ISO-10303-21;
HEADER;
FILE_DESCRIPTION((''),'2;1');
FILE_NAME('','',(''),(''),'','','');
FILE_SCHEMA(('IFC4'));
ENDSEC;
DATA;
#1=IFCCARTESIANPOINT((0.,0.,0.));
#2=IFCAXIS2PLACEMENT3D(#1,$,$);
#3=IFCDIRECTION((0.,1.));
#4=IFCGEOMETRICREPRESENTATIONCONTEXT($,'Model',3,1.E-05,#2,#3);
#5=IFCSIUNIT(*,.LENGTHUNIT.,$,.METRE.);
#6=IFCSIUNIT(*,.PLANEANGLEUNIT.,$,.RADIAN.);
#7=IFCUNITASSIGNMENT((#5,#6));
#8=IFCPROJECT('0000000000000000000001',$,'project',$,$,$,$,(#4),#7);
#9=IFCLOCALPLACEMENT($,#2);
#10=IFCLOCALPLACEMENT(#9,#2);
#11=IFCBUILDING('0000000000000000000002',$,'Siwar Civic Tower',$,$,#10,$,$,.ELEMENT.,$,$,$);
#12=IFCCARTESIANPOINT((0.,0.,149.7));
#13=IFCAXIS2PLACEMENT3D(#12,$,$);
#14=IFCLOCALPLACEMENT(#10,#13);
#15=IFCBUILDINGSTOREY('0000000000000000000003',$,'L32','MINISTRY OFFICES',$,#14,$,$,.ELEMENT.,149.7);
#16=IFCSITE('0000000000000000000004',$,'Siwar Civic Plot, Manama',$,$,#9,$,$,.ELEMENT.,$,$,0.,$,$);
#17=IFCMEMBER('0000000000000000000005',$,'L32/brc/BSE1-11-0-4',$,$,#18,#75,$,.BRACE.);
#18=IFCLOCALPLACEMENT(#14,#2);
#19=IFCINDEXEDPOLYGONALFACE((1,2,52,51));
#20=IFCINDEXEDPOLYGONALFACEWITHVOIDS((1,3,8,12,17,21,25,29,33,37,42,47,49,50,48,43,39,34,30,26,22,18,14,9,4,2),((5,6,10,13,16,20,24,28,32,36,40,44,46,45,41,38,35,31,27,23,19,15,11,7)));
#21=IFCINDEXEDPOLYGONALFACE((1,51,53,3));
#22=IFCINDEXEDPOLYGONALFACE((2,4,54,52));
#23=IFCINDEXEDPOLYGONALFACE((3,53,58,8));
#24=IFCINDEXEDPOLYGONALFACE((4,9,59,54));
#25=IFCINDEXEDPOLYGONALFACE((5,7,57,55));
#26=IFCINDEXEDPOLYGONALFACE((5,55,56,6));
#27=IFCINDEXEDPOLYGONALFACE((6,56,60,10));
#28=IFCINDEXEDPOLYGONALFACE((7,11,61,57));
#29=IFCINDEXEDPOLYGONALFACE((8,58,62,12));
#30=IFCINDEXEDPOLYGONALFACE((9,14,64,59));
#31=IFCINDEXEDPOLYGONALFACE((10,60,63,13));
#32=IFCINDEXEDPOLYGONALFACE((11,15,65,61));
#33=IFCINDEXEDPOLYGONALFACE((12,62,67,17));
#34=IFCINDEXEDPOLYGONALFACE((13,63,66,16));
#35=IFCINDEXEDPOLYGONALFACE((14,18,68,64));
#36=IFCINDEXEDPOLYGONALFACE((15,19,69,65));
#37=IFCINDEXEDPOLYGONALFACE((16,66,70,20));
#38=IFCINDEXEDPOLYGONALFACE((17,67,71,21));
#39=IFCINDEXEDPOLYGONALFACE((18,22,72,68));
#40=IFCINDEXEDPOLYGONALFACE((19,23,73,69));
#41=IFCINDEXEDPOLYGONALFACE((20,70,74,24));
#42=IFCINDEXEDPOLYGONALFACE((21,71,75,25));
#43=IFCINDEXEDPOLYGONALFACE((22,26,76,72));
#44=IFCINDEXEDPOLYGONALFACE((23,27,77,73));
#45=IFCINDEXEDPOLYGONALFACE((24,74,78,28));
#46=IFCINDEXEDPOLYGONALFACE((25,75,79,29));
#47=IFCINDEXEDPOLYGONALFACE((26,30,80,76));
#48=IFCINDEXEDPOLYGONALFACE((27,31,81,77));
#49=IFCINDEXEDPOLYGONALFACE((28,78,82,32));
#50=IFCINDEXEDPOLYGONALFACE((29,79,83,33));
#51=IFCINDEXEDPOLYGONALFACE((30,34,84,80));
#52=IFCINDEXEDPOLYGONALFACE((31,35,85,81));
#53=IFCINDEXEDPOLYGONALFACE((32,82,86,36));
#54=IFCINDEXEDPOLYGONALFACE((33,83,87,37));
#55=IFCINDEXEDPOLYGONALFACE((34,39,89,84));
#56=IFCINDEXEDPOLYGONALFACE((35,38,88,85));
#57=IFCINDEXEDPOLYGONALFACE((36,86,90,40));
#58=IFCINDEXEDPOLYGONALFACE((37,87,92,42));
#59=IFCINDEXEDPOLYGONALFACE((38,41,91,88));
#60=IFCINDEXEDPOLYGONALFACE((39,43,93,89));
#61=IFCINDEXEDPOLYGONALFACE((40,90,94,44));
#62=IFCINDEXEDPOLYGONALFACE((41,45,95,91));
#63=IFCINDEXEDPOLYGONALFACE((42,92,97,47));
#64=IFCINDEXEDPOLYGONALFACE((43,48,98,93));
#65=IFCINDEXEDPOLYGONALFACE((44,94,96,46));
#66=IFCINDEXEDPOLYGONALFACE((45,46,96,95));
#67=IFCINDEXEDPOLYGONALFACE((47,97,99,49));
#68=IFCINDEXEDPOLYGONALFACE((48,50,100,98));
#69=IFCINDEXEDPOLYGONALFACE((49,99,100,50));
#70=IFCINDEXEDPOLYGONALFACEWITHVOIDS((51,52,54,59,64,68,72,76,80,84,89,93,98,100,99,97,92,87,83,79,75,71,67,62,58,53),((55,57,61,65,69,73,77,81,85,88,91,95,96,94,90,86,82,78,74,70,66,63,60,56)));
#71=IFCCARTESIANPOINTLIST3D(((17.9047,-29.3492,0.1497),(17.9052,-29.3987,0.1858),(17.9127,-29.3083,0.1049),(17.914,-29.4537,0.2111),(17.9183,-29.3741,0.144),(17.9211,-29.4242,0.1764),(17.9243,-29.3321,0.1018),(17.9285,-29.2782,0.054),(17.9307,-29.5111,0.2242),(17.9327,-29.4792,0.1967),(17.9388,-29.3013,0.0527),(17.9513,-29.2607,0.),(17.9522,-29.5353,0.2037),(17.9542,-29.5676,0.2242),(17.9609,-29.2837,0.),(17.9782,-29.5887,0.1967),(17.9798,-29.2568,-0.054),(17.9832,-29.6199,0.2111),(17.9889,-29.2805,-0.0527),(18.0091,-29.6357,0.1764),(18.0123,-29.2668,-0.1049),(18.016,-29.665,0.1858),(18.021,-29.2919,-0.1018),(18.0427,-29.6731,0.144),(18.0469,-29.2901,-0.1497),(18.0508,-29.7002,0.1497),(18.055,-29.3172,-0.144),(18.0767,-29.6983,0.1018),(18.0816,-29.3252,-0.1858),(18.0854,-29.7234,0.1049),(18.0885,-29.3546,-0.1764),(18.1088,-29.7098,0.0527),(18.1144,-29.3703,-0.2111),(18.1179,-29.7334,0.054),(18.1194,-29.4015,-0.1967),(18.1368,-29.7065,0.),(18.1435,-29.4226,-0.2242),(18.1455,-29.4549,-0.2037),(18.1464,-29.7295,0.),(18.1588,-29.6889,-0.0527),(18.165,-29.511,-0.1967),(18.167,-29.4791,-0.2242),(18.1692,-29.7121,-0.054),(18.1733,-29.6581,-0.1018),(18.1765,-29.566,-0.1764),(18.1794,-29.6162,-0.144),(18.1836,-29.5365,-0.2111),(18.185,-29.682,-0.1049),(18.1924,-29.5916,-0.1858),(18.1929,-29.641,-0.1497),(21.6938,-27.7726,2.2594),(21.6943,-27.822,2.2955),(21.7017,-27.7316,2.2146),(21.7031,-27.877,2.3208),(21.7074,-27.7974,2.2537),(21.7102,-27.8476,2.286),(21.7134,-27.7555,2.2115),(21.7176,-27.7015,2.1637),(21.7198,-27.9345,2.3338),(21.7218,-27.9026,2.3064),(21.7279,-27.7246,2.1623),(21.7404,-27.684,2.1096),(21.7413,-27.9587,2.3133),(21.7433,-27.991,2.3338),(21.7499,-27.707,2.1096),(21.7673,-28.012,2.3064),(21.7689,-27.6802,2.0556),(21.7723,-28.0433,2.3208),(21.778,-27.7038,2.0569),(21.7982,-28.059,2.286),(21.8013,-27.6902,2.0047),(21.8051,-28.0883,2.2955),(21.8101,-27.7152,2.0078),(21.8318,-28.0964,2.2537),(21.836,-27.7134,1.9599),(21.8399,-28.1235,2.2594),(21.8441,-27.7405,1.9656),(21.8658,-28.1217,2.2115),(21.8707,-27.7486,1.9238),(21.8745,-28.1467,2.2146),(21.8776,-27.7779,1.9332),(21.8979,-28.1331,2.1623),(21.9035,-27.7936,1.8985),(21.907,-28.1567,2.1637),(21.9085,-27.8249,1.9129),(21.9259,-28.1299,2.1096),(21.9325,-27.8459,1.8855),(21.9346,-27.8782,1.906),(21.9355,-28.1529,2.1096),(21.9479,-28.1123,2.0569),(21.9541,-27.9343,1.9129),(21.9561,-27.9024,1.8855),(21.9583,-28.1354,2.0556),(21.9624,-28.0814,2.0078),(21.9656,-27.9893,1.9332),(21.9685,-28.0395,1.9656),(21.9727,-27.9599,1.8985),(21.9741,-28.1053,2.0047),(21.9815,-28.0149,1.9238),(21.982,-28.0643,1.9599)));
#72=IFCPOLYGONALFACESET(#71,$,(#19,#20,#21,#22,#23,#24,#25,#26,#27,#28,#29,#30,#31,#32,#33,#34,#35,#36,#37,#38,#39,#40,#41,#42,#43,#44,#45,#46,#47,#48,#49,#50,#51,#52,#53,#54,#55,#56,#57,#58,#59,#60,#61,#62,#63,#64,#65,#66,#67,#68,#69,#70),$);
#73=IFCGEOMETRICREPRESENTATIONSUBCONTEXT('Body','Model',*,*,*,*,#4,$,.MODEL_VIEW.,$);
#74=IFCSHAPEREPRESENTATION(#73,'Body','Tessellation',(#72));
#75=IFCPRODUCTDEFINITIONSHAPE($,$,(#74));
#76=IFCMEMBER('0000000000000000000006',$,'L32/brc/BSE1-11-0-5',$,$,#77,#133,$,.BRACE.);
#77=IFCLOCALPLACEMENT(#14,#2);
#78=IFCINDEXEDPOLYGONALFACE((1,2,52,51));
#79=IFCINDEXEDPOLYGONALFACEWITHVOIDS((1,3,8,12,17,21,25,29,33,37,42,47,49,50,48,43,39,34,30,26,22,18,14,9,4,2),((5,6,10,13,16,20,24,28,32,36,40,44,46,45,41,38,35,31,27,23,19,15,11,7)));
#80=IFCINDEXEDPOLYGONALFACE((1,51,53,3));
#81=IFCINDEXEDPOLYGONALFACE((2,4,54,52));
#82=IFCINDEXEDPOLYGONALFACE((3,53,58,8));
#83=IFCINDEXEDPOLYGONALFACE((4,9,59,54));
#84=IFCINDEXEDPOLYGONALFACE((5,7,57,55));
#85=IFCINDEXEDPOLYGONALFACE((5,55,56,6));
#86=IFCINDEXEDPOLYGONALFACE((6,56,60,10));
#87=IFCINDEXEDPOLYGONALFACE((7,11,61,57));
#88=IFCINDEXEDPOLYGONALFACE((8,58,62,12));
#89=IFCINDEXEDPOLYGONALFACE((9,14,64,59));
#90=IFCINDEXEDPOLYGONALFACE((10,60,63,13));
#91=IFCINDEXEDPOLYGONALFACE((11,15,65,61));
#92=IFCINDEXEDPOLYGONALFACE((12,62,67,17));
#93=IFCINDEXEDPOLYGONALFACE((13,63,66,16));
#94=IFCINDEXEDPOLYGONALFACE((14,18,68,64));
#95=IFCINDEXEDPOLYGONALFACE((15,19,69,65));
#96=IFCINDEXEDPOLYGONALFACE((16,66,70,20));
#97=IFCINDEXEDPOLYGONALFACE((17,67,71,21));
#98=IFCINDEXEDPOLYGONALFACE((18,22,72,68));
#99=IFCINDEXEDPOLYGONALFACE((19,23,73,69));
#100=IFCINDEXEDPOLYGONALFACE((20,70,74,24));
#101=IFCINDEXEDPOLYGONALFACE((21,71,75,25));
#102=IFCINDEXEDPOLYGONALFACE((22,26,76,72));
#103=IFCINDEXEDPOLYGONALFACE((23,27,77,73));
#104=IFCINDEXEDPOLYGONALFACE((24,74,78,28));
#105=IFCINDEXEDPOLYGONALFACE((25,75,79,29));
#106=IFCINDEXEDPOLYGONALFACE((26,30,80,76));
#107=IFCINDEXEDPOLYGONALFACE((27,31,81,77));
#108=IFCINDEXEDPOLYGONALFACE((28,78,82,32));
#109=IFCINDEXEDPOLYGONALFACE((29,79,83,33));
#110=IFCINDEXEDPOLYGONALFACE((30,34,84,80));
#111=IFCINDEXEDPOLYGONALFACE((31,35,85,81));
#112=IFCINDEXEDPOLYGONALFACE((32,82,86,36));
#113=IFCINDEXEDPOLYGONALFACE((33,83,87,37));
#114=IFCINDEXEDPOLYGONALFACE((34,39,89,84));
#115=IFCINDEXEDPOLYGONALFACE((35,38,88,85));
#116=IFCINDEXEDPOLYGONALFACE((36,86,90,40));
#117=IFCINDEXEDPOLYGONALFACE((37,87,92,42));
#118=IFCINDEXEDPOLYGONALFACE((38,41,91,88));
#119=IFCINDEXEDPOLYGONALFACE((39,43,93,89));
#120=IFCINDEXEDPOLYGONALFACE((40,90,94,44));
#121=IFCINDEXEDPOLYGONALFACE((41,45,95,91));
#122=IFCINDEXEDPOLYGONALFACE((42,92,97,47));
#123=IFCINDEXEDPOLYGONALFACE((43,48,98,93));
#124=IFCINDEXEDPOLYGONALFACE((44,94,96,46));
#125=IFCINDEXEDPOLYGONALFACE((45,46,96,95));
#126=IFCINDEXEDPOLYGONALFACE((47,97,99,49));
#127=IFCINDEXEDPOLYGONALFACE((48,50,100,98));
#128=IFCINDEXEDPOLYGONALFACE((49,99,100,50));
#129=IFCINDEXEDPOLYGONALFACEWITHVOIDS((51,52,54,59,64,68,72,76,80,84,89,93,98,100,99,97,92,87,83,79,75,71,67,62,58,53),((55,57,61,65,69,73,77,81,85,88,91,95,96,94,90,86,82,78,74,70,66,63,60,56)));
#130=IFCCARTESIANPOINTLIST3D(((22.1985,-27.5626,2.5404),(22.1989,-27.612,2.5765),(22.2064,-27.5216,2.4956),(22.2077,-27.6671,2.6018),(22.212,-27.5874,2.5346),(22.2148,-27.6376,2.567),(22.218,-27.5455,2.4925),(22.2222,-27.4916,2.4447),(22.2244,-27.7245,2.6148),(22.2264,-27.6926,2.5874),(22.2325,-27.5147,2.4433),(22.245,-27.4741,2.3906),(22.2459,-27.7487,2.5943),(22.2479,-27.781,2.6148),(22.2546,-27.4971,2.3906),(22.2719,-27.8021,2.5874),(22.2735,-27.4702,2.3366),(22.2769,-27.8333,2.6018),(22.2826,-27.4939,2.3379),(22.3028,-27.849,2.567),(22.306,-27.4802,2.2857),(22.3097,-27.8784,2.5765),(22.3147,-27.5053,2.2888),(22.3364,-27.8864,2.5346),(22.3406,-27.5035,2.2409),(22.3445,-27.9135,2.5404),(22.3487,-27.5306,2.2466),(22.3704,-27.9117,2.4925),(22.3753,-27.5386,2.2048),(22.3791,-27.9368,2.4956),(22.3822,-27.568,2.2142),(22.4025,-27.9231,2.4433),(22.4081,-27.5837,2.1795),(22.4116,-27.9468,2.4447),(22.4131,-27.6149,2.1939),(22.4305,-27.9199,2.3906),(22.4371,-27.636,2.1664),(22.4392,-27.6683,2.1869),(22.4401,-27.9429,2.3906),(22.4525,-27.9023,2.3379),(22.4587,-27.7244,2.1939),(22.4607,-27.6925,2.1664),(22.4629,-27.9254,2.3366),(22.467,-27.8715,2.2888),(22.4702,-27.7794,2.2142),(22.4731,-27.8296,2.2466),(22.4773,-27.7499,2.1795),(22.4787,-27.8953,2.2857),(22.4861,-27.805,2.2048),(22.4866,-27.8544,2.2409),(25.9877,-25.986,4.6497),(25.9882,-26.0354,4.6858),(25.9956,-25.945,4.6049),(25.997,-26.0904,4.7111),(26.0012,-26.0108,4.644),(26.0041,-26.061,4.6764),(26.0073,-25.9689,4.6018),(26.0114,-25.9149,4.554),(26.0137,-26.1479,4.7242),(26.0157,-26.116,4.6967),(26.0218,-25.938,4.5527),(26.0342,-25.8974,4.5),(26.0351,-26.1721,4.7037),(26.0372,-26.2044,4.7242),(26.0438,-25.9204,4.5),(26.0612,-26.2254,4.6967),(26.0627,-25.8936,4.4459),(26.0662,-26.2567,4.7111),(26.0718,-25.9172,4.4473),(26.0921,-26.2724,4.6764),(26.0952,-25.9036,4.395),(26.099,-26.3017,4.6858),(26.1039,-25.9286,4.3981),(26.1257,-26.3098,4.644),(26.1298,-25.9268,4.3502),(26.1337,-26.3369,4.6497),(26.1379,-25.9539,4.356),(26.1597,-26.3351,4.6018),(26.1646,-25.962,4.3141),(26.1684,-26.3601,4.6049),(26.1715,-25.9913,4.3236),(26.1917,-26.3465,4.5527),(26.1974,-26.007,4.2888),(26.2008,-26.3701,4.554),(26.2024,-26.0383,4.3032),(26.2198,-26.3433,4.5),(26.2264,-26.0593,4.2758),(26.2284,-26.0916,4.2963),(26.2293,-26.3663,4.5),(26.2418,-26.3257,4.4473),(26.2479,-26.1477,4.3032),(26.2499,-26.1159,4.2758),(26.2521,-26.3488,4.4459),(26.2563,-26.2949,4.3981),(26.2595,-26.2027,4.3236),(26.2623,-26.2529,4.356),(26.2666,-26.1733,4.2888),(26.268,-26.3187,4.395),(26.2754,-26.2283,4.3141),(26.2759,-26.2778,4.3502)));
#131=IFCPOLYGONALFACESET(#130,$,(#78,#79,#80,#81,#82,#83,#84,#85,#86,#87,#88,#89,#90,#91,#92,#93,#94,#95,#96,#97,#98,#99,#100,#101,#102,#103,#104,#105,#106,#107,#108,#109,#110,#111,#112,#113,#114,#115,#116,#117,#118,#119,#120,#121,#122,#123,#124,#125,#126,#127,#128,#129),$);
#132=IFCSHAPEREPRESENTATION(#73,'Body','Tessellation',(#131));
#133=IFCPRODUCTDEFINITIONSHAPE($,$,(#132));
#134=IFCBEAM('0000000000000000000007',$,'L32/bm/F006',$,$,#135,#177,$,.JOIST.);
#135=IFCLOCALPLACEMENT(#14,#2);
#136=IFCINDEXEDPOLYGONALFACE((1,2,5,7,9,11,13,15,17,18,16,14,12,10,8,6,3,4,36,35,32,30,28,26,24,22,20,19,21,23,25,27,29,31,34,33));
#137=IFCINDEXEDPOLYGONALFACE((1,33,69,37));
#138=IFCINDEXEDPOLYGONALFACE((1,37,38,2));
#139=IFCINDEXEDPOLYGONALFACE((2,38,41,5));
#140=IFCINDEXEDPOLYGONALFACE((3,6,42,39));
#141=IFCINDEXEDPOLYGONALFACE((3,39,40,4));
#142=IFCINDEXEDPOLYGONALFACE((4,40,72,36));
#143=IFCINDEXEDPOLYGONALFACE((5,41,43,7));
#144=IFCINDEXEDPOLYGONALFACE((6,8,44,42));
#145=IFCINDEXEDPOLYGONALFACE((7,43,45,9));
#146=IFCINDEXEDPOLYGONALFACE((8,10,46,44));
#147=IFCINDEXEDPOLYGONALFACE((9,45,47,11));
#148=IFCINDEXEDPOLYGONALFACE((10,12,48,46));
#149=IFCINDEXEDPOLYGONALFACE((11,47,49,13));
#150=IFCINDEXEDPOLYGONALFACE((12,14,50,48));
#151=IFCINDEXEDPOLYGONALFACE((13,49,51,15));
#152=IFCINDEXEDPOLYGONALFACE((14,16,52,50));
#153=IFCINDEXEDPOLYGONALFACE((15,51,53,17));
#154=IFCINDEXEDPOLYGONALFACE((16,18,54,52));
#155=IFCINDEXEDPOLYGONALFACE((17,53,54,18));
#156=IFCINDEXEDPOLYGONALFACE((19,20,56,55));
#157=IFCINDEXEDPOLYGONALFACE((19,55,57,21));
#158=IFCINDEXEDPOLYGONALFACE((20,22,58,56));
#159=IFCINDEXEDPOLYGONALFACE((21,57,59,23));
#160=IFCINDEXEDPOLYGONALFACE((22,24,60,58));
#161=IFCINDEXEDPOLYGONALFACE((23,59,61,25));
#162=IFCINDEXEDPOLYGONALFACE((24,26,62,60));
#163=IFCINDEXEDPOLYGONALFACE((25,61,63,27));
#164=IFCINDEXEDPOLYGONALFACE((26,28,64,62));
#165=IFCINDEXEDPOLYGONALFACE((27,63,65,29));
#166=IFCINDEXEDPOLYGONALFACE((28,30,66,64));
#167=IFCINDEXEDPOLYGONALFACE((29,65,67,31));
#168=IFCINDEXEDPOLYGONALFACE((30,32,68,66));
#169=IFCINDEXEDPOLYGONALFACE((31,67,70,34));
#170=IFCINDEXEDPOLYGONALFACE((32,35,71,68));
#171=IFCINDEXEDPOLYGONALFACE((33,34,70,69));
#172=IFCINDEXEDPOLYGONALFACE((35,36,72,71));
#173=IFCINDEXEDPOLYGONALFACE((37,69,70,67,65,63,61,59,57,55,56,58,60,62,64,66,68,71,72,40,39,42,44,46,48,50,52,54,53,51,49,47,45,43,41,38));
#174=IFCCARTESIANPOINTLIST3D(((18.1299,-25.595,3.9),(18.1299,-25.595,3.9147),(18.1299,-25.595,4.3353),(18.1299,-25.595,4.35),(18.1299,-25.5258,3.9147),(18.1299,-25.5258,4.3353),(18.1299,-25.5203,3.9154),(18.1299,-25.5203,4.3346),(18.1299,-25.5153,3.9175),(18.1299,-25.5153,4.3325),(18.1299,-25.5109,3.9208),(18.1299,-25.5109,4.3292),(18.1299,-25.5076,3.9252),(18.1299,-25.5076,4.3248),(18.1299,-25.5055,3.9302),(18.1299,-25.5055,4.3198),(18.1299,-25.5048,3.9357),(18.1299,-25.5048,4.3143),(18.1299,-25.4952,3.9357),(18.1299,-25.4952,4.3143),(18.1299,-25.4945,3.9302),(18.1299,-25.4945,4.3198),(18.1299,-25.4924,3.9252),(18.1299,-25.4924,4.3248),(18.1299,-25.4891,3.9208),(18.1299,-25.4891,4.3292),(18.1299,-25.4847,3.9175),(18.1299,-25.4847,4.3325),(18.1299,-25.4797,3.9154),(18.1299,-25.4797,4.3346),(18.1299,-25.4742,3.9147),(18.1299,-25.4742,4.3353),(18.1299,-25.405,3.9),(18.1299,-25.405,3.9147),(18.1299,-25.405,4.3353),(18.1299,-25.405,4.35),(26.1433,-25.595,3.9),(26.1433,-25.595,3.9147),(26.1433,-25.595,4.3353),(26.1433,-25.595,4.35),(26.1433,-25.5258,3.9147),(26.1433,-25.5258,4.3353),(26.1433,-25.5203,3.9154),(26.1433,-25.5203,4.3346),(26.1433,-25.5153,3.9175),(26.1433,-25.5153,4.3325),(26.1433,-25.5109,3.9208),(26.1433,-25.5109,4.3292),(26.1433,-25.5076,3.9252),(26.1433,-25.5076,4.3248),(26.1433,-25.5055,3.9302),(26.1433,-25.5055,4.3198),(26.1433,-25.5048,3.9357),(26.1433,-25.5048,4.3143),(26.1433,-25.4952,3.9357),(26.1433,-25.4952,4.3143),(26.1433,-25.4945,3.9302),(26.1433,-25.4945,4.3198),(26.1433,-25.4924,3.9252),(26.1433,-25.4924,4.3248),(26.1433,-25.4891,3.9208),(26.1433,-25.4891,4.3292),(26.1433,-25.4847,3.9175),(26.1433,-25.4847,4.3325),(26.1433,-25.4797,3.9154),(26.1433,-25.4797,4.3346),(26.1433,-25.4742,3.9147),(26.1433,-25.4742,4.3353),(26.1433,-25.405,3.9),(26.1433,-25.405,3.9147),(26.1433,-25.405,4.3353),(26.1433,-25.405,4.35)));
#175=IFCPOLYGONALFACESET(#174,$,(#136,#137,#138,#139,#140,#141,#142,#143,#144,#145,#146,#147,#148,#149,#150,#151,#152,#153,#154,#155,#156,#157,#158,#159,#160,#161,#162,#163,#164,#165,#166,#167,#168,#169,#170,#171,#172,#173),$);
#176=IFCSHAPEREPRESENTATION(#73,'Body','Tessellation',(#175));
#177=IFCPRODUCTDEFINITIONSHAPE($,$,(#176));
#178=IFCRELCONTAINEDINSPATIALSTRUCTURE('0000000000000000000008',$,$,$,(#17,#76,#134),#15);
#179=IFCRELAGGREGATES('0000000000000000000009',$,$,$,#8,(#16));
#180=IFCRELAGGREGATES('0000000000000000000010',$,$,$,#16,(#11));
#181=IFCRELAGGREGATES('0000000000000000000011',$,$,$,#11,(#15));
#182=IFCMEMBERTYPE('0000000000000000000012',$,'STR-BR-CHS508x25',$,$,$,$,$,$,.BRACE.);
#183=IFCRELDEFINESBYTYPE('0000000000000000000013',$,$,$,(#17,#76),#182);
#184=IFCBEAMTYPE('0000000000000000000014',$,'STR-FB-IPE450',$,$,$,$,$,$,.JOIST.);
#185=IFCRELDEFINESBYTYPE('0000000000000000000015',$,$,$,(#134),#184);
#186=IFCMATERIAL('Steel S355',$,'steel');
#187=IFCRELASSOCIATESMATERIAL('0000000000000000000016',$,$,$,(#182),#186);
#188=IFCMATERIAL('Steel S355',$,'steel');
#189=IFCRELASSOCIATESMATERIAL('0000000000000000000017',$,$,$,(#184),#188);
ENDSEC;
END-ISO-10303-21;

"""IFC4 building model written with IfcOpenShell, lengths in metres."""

from ifc_helpers import new_model, si_unit, direction, frame, origin, origin_2d, place, context, subcontext, project, spatial, hollow_circle, i_section, extrude, material, material_profile, profile_set, type_object, element, save


model = new_model("IFC4")

# Units and contexts
model_context = context("Model", 3, precision=1e-05, world=origin(), true_north=direction((0.0, 1.0)))
body_context = subcontext(model_context, "Body", "Model", "MODEL_VIEW")
ifc_project = project(units=[si_unit("LENGTHUNIT", "METRE"), si_unit("PLANEANGLEUNIT", "RADIAN")], contexts=[model_context])

# Site, building, storey
site_placement = place(None, origin())
site = spatial("IfcSite", under=ifc_project, at=site_placement, Name="Siwar Civic Plot, Manama", CompositionType="ELEMENT", RefElevation=0.0)
building_placement = place(site_placement, origin())
building = spatial("IfcBuilding", under=site, at=building_placement, Name="Siwar Civic Tower", CompositionType="ELEMENT")
storey_placement = place(building_placement, frame((0.0, 0.0, 149.7)))
storey = spatial("IfcBuildingStorey", under=building, at=storey_placement, Name="L32", Description="MINISTRY OFFICES", CompositionType="ELEMENT", Elevation=149.7)

# Members
ifc_material_1 = material(Name="Steel S355", Category="steel")
ifc_material_profile_1 = material_profile(ifc_material_1, hollow_circle(Radius=0.2539, WallThickness=0.0249, at=origin_2d()), Name="CHS508x25")
ifc_profile_set_1 = profile_set([ifc_material_profile_1], Name="Steel S355")
member_type_1 = type_object("IfcMemberType", Name="STR-BR-CHS508x25", PredefinedType="BRACE", material=ifc_profile_set_1)
for number, where, z_axis, x_axis, name in (
    (1, (18.0488, -29.4951, 0.0), (0.821126, 0.341677, 0.457175), (-0.384176, 0.92326, 0.0), "L32/brc/BSE1-11-0-4"),
    (2, (22.3425, -27.7085, 2.3906), (0.821163, 0.341671, 0.457113), (-0.384155, 0.923269, 0.0), "L32/brc/BSE1-11-0-5"),
):
    element("IfcMember", number, at=place(storey_placement, frame(where, z_axis=z_axis, x_axis=x_axis)), inside=storey, type_object=member_type_1, Name=name, PredefinedType="BRACE", context=body_context, shape_type="SweptSolid", body=[
        extrude(hollow_circle(Radius=0.2539, WallThickness=0.0249, at=origin_2d()), origin(), (0.0, 0.0, 1.0), 4.6145),
    ])

# Beam
ifc_material_2 = material(Name="Steel S355", Category="steel")
ifc_material_profile_2 = material_profile(ifc_material_2, i_section(OverallWidth=0.1899, OverallDepth=0.45, WebThickness=0.0095, FlangeThickness=0.0146, FilletRadius=0.021, at=origin_2d()), Name="IPE450")
ifc_profile_set_2 = profile_set([ifc_material_profile_2], Name="Steel S355")
beam_type_1 = type_object("IfcBeamType", Name="STR-FB-IPE450", PredefinedType="JOIST", material=ifc_profile_set_2)
beam_1_placement = place(storey_placement, frame((18.1299, -25.5, 4.125), z_axis=(1.0, 0.0, 0.0), x_axis=(0.0, 1.0, 0.0)))
element("IfcBeam", 3, at=beam_1_placement, inside=storey, type_object=beam_type_1, Name="L32/bm/F006", PredefinedType="JOIST", context=body_context, shape_type="SweptSolid", body=[
    extrude(i_section(OverallWidth=0.1899, OverallDepth=0.45, WebThickness=0.0095, FlangeThickness=0.0146, FilletRadius=0.021, at=origin_2d()), origin(), (0.0, 0.0, 1.0), 8.0134),
])

save(model, "model.ifc")
